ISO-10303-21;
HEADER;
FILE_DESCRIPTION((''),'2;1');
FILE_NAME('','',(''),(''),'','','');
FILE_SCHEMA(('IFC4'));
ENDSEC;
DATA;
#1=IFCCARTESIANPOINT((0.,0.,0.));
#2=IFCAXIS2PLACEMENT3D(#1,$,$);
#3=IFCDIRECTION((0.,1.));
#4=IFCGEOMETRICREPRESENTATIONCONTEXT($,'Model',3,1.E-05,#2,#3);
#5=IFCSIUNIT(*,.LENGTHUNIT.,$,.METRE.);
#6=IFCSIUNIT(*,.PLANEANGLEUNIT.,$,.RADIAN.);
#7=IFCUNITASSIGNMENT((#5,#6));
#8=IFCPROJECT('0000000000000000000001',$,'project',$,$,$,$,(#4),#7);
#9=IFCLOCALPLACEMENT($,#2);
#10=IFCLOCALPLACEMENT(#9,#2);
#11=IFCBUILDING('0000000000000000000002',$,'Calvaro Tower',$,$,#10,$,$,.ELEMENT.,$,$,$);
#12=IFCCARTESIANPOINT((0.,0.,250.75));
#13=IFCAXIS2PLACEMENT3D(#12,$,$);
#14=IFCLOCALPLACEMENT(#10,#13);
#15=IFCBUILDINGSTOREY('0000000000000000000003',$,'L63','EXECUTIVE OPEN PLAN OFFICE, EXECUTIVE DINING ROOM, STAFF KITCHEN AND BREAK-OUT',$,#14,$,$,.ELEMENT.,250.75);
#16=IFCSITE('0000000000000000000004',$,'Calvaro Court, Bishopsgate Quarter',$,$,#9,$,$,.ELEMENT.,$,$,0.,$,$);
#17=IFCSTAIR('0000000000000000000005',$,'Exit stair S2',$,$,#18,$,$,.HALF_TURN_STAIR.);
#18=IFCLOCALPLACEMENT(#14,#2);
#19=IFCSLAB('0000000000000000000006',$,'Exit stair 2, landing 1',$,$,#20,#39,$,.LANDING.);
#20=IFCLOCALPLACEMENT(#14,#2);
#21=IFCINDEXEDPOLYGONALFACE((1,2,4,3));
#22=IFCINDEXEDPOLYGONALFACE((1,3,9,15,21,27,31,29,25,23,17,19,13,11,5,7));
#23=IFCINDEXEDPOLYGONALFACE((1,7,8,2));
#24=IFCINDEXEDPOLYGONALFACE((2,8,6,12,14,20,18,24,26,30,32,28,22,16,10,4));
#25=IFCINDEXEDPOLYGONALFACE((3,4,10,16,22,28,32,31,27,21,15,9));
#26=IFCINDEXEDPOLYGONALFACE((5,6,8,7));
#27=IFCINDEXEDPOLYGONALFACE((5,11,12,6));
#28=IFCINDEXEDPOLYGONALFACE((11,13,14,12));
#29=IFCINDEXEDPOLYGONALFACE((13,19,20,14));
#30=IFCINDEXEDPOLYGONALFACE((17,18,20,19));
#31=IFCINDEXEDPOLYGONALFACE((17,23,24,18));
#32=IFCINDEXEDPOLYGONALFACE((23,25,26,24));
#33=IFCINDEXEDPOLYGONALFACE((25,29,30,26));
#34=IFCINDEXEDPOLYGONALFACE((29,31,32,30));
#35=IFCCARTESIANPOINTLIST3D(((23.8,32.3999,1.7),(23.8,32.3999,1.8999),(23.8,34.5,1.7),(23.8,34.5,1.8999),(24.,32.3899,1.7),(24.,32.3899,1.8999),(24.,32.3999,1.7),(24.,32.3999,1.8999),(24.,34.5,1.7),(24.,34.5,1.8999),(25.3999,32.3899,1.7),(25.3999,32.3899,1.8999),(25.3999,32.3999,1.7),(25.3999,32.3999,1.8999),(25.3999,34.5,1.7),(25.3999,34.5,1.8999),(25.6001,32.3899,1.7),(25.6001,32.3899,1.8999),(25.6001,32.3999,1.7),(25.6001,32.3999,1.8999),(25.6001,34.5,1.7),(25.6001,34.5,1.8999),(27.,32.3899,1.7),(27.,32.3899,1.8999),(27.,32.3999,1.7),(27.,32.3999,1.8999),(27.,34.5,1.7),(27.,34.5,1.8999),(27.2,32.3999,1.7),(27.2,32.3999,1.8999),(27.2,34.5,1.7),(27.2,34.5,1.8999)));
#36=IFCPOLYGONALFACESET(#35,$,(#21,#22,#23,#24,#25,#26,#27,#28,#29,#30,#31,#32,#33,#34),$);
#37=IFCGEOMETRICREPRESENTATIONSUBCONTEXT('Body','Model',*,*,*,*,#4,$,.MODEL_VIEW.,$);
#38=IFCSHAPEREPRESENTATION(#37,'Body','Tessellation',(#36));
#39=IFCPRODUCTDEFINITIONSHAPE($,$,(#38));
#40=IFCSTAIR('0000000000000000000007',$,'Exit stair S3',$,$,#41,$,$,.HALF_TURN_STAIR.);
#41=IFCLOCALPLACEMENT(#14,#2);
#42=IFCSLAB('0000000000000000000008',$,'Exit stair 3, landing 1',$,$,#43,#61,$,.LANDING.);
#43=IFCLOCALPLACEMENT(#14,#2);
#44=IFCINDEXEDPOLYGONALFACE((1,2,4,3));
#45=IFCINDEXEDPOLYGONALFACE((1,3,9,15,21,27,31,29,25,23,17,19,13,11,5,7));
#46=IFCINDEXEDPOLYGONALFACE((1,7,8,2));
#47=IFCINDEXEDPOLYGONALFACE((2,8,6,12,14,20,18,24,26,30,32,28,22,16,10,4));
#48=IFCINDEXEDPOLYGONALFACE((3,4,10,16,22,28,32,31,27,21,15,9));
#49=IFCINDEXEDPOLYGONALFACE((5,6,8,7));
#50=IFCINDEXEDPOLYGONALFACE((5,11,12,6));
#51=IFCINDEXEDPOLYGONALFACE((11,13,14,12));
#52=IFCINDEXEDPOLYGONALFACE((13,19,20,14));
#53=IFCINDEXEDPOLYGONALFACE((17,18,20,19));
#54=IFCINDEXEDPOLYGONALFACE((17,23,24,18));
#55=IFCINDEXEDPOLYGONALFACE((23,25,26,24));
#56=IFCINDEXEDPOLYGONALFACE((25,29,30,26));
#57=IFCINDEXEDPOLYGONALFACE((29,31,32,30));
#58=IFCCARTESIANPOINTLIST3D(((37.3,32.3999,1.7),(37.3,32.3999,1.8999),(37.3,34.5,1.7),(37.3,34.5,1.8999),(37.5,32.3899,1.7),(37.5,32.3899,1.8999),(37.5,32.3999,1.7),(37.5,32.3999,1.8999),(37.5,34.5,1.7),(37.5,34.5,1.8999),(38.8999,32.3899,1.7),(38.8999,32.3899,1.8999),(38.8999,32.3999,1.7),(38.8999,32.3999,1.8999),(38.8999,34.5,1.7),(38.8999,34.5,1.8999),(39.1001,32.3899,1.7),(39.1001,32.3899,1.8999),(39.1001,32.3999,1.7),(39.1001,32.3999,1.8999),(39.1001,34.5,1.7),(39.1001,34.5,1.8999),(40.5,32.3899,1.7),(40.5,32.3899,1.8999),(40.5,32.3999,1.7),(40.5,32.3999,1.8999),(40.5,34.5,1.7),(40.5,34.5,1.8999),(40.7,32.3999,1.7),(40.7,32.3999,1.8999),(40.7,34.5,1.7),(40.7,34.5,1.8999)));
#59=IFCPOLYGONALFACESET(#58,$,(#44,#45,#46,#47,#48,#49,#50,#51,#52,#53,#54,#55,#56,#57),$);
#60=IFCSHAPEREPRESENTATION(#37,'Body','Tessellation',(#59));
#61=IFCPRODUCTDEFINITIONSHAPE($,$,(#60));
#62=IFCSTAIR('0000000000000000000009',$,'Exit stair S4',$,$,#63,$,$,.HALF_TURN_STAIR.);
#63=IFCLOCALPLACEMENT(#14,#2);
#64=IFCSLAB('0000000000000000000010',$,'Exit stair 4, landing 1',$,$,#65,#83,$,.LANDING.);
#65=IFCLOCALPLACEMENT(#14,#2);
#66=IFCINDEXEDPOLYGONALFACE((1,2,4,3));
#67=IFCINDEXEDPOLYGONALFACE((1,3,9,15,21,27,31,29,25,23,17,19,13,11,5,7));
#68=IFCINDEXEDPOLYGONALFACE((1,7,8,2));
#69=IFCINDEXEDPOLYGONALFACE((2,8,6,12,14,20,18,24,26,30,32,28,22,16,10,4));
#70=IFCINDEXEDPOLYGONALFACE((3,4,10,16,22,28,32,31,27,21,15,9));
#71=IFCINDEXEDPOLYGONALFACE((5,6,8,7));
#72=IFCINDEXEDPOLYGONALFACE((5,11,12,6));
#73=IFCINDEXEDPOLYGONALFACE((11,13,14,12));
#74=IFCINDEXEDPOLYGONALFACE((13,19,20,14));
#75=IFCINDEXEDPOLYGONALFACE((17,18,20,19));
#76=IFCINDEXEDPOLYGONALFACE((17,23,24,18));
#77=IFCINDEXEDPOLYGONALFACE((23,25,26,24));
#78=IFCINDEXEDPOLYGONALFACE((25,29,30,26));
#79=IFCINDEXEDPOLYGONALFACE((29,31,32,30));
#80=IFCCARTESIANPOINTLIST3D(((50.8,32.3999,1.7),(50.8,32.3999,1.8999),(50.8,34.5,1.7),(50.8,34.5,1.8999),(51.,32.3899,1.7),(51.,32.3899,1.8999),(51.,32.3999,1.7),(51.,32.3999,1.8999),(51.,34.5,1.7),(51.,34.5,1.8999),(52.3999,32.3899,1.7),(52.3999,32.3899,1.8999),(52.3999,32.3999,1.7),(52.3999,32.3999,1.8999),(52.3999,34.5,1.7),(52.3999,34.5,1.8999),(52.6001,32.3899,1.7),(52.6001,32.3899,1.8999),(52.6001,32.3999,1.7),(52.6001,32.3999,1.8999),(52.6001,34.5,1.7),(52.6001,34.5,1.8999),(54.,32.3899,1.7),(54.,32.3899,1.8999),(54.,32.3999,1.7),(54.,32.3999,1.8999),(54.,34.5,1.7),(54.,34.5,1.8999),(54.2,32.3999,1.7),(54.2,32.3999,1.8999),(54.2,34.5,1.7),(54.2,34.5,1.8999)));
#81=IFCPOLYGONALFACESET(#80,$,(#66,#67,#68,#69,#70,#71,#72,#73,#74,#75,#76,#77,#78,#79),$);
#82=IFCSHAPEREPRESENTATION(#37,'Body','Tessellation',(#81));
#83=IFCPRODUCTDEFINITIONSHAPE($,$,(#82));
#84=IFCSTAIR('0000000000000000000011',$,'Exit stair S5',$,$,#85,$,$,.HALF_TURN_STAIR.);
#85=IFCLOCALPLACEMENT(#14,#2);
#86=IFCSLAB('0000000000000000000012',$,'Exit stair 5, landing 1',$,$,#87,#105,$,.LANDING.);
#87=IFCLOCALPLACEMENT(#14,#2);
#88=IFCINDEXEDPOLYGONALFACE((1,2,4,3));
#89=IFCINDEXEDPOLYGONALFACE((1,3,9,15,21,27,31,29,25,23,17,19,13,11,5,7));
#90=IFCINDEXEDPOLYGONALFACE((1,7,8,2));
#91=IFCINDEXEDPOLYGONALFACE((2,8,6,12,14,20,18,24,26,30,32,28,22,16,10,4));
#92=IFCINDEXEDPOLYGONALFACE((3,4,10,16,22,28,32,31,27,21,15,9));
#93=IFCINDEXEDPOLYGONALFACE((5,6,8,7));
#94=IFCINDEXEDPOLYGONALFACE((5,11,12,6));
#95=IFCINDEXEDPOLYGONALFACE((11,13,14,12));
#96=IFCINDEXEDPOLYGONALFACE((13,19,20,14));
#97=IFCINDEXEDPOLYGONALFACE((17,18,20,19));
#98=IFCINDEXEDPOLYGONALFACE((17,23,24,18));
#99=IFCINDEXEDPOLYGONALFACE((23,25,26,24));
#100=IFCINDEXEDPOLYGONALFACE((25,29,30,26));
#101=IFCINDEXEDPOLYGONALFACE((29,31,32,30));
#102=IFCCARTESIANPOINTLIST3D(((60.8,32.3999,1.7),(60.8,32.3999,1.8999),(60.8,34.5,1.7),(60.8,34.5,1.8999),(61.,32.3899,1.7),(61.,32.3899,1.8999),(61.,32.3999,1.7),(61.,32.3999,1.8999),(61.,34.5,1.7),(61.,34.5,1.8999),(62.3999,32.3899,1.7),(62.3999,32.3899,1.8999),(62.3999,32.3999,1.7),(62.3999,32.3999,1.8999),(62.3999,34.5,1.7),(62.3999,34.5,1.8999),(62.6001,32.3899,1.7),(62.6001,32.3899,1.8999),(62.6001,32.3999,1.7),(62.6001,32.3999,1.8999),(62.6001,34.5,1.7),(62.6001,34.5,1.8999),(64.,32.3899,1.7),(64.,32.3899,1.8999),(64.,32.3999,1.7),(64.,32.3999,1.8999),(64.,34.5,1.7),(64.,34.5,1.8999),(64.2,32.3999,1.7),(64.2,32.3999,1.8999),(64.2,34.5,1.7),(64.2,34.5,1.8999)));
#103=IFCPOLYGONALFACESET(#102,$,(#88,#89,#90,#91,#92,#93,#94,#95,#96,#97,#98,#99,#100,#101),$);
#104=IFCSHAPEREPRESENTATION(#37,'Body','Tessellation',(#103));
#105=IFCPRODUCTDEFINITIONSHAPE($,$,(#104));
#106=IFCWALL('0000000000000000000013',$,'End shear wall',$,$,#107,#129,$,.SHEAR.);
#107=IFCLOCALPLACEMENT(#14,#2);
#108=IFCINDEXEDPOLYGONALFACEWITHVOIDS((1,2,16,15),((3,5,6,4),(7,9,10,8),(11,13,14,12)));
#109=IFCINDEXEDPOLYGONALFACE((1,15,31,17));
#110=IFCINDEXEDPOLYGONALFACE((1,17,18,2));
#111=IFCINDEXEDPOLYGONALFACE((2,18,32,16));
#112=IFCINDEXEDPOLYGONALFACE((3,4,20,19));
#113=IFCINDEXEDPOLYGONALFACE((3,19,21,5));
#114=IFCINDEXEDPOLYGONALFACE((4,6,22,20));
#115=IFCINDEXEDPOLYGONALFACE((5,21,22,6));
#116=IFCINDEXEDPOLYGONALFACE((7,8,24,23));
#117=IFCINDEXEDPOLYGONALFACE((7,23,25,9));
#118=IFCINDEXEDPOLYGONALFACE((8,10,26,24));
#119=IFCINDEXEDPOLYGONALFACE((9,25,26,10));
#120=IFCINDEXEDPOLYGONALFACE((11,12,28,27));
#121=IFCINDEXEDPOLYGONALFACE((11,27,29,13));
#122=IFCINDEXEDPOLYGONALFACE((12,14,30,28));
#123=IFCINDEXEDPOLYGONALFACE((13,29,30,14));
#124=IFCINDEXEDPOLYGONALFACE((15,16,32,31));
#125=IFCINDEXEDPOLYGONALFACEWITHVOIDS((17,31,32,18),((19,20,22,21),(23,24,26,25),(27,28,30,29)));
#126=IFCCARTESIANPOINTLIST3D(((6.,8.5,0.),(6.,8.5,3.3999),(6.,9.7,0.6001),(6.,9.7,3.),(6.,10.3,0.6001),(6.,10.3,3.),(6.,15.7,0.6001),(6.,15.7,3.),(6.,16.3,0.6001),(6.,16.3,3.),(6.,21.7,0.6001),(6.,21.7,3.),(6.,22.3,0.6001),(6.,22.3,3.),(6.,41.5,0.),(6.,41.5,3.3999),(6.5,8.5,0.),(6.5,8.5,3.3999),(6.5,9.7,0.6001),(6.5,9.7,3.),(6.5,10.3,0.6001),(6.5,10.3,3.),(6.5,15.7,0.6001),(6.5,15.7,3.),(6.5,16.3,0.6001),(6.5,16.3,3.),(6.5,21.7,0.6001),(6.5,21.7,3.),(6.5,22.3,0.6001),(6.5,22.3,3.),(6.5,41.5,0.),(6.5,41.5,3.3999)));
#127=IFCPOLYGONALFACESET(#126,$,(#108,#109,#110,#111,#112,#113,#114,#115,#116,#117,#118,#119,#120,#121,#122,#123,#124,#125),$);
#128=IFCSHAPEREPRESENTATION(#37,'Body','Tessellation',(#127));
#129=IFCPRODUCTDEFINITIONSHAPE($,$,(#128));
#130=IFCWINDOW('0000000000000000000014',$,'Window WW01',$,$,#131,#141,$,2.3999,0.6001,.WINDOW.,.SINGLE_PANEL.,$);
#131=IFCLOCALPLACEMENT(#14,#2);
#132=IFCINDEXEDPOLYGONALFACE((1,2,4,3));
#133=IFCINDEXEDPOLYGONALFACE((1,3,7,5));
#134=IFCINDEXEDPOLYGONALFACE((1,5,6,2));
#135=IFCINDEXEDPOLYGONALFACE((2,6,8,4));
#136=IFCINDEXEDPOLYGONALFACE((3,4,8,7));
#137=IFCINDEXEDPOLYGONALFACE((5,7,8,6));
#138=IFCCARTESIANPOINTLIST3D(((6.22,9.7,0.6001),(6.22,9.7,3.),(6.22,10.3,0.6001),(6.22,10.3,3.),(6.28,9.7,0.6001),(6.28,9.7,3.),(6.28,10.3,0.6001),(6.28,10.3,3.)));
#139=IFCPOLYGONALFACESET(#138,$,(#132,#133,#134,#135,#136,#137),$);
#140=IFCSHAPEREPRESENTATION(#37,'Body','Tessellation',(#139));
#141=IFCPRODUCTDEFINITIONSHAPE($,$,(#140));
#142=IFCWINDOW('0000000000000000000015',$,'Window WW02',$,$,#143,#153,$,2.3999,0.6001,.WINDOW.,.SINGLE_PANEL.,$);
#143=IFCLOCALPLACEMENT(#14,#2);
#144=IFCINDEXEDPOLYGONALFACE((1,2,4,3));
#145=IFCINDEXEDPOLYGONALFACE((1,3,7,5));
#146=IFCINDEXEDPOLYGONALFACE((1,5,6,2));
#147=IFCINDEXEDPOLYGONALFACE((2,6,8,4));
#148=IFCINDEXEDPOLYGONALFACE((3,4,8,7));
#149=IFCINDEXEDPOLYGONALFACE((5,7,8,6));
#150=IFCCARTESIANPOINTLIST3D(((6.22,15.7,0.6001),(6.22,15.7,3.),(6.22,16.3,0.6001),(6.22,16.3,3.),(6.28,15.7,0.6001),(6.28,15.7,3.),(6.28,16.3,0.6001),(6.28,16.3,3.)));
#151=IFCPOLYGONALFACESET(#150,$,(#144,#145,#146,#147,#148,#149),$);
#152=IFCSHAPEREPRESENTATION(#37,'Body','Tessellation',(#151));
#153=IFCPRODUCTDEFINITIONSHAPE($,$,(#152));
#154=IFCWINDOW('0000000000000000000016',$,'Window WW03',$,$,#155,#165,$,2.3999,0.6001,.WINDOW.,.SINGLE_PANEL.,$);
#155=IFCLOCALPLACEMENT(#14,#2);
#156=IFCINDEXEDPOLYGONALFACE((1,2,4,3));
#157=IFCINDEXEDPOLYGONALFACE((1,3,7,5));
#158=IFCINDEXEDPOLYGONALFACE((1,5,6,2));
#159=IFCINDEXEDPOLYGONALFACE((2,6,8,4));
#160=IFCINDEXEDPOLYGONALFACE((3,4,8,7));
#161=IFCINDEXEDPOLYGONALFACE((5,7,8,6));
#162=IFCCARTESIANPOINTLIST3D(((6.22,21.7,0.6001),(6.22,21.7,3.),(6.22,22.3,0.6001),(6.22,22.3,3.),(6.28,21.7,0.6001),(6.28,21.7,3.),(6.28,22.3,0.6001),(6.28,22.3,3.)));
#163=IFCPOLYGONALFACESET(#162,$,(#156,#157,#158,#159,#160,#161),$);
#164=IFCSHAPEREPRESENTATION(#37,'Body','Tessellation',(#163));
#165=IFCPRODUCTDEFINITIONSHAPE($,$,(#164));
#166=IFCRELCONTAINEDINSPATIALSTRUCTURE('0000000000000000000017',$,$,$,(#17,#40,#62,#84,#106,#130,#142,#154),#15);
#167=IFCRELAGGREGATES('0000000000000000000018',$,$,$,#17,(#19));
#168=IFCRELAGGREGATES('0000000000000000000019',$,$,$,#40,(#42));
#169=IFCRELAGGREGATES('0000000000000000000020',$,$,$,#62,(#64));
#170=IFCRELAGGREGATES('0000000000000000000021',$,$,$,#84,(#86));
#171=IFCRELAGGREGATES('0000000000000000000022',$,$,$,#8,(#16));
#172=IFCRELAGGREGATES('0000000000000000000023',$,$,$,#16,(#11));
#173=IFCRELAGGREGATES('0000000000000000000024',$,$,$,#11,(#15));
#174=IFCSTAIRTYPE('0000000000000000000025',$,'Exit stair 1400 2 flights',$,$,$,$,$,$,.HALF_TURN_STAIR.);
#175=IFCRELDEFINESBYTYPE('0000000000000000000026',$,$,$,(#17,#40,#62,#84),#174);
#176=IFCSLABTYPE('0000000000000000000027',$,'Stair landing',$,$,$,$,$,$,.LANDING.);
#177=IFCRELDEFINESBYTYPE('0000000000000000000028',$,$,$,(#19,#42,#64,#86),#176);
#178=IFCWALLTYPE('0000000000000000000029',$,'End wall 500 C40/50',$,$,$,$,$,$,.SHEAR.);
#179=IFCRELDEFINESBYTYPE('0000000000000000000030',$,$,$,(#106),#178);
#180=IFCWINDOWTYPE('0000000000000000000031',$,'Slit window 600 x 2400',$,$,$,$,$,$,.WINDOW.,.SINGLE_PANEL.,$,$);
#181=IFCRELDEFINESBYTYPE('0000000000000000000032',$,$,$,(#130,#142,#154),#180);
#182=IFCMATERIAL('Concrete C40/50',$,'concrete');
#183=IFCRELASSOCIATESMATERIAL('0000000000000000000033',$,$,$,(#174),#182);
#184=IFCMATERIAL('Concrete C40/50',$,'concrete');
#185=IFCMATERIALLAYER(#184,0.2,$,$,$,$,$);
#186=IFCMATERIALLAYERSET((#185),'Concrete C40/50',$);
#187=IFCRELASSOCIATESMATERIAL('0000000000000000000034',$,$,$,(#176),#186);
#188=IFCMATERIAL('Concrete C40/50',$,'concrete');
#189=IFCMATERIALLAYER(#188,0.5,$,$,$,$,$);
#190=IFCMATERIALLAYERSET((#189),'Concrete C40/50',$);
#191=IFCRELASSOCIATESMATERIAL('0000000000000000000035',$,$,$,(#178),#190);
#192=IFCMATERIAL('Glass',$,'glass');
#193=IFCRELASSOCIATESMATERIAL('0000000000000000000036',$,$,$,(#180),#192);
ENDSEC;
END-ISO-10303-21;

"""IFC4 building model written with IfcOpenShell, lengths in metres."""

from ifc_helpers import new_model, si_unit, direction, frame, frame_2d, origin, place, context, subcontext, project, spatial, polyline, rectangle, outline, extrude, material, layer, layer_set, type_object, element, fill, aggregate, save


model = new_model("IFC4")

# Units and contexts
model_context = context("Model", 3, precision=1e-05, world=origin(), true_north=direction((0.0, 1.0)))
body_context = subcontext(model_context, "Body", "Model", "MODEL_VIEW")
ifc_project = project(units=[si_unit("LENGTHUNIT", "METRE"), si_unit("PLANEANGLEUNIT", "RADIAN")], contexts=[model_context])

# Site, building, storey
site_placement = place(None, origin())
site = spatial("IfcSite", under=ifc_project, at=site_placement, Name="Calvaro Court, Bishopsgate Quarter", CompositionType="ELEMENT", RefElevation=0.0)
building_placement = place(site_placement, origin())
building = spatial("IfcBuilding", under=site, at=building_placement, Name="Calvaro Tower", CompositionType="ELEMENT")
storey_placement = place(building_placement, frame((0.0, 0.0, 250.75)))
storey = spatial("IfcBuildingStorey", under=building, at=storey_placement, Name="L63", Description="EXECUTIVE OPEN PLAN OFFICE, EXECUTIVE DINING ROOM, STAFF KITCHEN AND BREAK-OUT", CompositionType="ELEMENT", Elevation=250.75)

# Stairs, slabs
ifc_material_1 = material(Name="Concrete C40/50", Category="concrete")
stair_type = type_object("IfcStairType", Name="Exit stair 1400 2 flights", PredefinedType="HALF_TURN_STAIR", material=ifc_material_1)
ifc_material_2 = material(Name="Concrete C40/50", Category="concrete")
ifc_layer_1 = layer(ifc_material_2, 0.2)
ifc_layer_set_1 = layer_set([ifc_layer_1], Name="Concrete C40/50")
slab_type_1 = type_object("IfcSlabType", Name="Stair landing", PredefinedType="LANDING", material=ifc_layer_set_1)
stair_1_placement = place(storey_placement, origin())
stair_1 = element("IfcStair", 1, at=stair_1_placement, inside=storey, type_object=stair_type, Name="Exit stair S2", PredefinedType="HALF_TURN_STAIR")
slab_1_placement = place(storey_placement, frame((0.0, 0.0, 1.7)))
slab_1 = element("IfcSlab", 2, at=slab_1_placement, type_object=slab_type_1, Name="Exit stair 2, landing 1", PredefinedType="LANDING", context=body_context, shape_type="SweptSolid", body=[
    extrude(outline(polyline([(25.3999, 32.3899), (24.0, 32.3899), (24.0, 32.3999), (23.8, 32.3999), (23.8, 34.5), (24.0, 34.5), (25.3999, 34.5), (25.6001, 34.5), (27.0, 34.5), (27.2, 34.5), (27.2, 32.3999), (27.0, 32.3999), (27.0, 32.3899), (25.6001, 32.3899), (25.6001, 32.3999), (25.3999, 32.3999), (25.3999, 32.3899)])), origin(), (0.0, 0.0, 1.0), 0.2),
])
aggregate(stair_1, [slab_1])
stair_2_placement = place(storey_placement, origin())
stair_2 = element("IfcStair", 3, at=stair_2_placement, inside=storey, type_object=stair_type, Name="Exit stair S3", PredefinedType="HALF_TURN_STAIR")
slab_2_placement = place(storey_placement, frame((0.0, 0.0, 1.7)))
slab_2 = element("IfcSlab", 4, at=slab_2_placement, type_object=slab_type_1, Name="Exit stair 3, landing 1", PredefinedType="LANDING", context=body_context, shape_type="SweptSolid", body=[
    extrude(outline(polyline([(38.8999, 32.3899), (37.5, 32.3899), (37.5, 32.3999), (37.3, 32.3999), (37.3, 34.5), (37.5, 34.5), (38.8999, 34.5), (39.1001, 34.5), (40.5, 34.5), (40.7, 34.5), (40.7, 32.3999), (40.5, 32.3999), (40.5, 32.3899), (39.1001, 32.3899), (39.1001, 32.3999), (38.8999, 32.3999), (38.8999, 32.3899)])), origin(), (0.0, 0.0, 1.0), 0.2),
])
aggregate(stair_2, [slab_2])
stair_3_placement = place(storey_placement, origin())
stair_3 = element("IfcStair", 5, at=stair_3_placement, inside=storey, type_object=stair_type, Name="Exit stair S4", PredefinedType="HALF_TURN_STAIR")
slab_3_placement = place(storey_placement, frame((0.0, 0.0, 1.7)))
slab_3 = element("IfcSlab", 6, at=slab_3_placement, type_object=slab_type_1, Name="Exit stair 4, landing 1", PredefinedType="LANDING", context=body_context, shape_type="SweptSolid", body=[
    extrude(outline(polyline([(52.3999, 32.3899), (51.0, 32.3899), (51.0, 32.3999), (50.8, 32.3999), (50.8, 34.5), (51.0, 34.5), (52.3999, 34.5), (52.6001, 34.5), (54.0, 34.5), (54.2, 34.5), (54.2, 32.3999), (54.0, 32.3999), (54.0, 32.3899), (52.6001, 32.3899), (52.6001, 32.3999), (52.3999, 32.3999), (52.3999, 32.3899)])), origin(), (0.0, 0.0, 1.0), 0.2),
])
aggregate(stair_3, [slab_3])
stair_4_placement = place(storey_placement, origin())
stair_4 = element("IfcStair", 7, at=stair_4_placement, inside=storey, type_object=stair_type, Name="Exit stair S5", PredefinedType="HALF_TURN_STAIR")
slab_4_placement = place(storey_placement, frame((0.0, 0.0, 1.7)))
slab_4 = element("IfcSlab", 8, at=slab_4_placement, type_object=slab_type_1, Name="Exit stair 5, landing 1", PredefinedType="LANDING", context=body_context, shape_type="SweptSolid", body=[
    extrude(outline(polyline([(62.3999, 32.3899), (61.0, 32.3899), (61.0, 32.3999), (60.8, 32.3999), (60.8, 34.5), (61.0, 34.5), (62.3999, 34.5), (62.6001, 34.5), (64.0, 34.5), (64.2, 34.5), (64.2, 32.3999), (64.0, 32.3999), (64.0, 32.3899), (62.6001, 32.3899), (62.6001, 32.3999), (62.3999, 32.3999), (62.3999, 32.3899)])), origin(), (0.0, 0.0, 1.0), 0.2),
])
aggregate(stair_4, [slab_4])

# Wall, openings, windows
ifc_material_3 = material(Name="Concrete C40/50", Category="concrete")
ifc_layer_2 = layer(ifc_material_3, 0.5)
ifc_layer_set_2 = layer_set([ifc_layer_2], Name="Concrete C40/50")
wall_type = type_object("IfcWallType", Name="End wall 500 C40/50", PredefinedType="SHEAR", material=ifc_layer_set_2)
wall_placement = place(storey_placement, frame((6.25, 8.5, 0.0), z_axis=(0.0, 0.0, 1.0), x_axis=(0.0, 1.0, 0.0)))
wall = element("IfcWall", 9, at=wall_placement, inside=storey, type_object=wall_type, Name="End shear wall", PredefinedType="SHEAR", context=body_context, shape_type="SweptSolid", body=[
    extrude(rectangle(XDim=33.0, YDim=0.5, at=frame_2d((16.5, 0.0))), origin(), (0.0, 0.0, 1.0), 3.3999),
])
opening_1_placement = place(wall_placement, frame((1.2, 0.0, 0.6001)))
opening_1 = element("IfcOpeningElement", 10, at=opening_1_placement, cuts=wall, PredefinedType="OPENING", context=body_context, shape_type="SweptSolid", body=[
    extrude(rectangle(XDim=0.6001, YDim=2.3999, at=frame_2d((0.3, 1.2))), frame((0.0, 0.26, 0.0), z_axis=(0.0, -1.0, 0.0), x_axis=(1.0, 0.0, 0.0)), (0.0, 0.0, 1.0), 0.52),
])
opening_2_placement = place(wall_placement, frame((7.2, 0.0, 0.6001)))
opening_2 = element("IfcOpeningElement", 11, at=opening_2_placement, cuts=wall, PredefinedType="OPENING", context=body_context, shape_type="SweptSolid", body=[
    extrude(rectangle(XDim=0.6001, YDim=2.3999, at=frame_2d((0.3, 1.2))), frame((0.0, 0.26, 0.0), z_axis=(0.0, -1.0, 0.0), x_axis=(1.0, 0.0, 0.0)), (0.0, 0.0, 1.0), 0.52),
])
opening_3_placement = place(wall_placement, frame((13.2, 0.0, 0.6001)))
opening_3 = element("IfcOpeningElement", 12, at=opening_3_placement, cuts=wall, PredefinedType="OPENING", context=body_context, shape_type="SweptSolid", body=[
    extrude(rectangle(XDim=0.6001, YDim=2.3999, at=frame_2d((0.3, 1.2))), frame((0.0, 0.26, 0.0), z_axis=(0.0, -1.0, 0.0), x_axis=(1.0, 0.0, 0.0)), (0.0, 0.0, 1.0), 0.52),
])
ifc_material_4 = material(Name="Glass", Category="glass")
window_type = type_object("IfcWindowType", Name="Slit window 600 x 2400", PartitioningType="SINGLE_PANEL", PredefinedType="WINDOW", material=ifc_material_4)
window_1_placement = place(opening_1_placement, origin())
window_1 = element("IfcWindow", 13, at=window_1_placement, inside=storey, type_object=window_type, Name="Window WW01", OverallHeight=2.3999, OverallWidth=0.6001, PartitioningType="SINGLE_PANEL", PredefinedType="WINDOW", context=body_context, shape_type="SweptSolid", body=[
    extrude(rectangle(XDim=0.6001, YDim=2.3999, at=frame_2d((0.3, 1.2))), frame((0.0, 0.03, 0.0), z_axis=(0.0, -1.0, 0.0), x_axis=(1.0, 0.0, 0.0)), (0.0, 0.0, 1.0), 0.0601),
])
fill(opening_1, window_1)
window_2_placement = place(opening_2_placement, origin())
window_2 = element("IfcWindow", 14, at=window_2_placement, inside=storey, type_object=window_type, Name="Window WW02", OverallHeight=2.3999, OverallWidth=0.6001, PartitioningType="SINGLE_PANEL", PredefinedType="WINDOW", context=body_context, shape_type="SweptSolid", body=[
    extrude(rectangle(XDim=0.6001, YDim=2.3999, at=frame_2d((0.3, 1.2))), frame((0.0, 0.03, 0.0), z_axis=(0.0, -1.0, 0.0), x_axis=(1.0, 0.0, 0.0)), (0.0, 0.0, 1.0), 0.0601),
])
fill(opening_2, window_2)
window_3_placement = place(opening_3_placement, origin())
window_3 = element("IfcWindow", 15, at=window_3_placement, inside=storey, type_object=window_type, Name="Window WW03", OverallHeight=2.3999, OverallWidth=0.6001, PartitioningType="SINGLE_PANEL", PredefinedType="WINDOW", context=body_context, shape_type="SweptSolid", body=[
    extrude(rectangle(XDim=0.6001, YDim=2.3999, at=frame_2d((0.3, 1.2))), frame((0.0, 0.03, 0.0), z_axis=(0.0, -1.0, 0.0), x_axis=(1.0, 0.0, 0.0)), (0.0, 0.0, 1.0), 0.0601),
])
fill(opening_3, window_3)

save(model, "model.ifc")
